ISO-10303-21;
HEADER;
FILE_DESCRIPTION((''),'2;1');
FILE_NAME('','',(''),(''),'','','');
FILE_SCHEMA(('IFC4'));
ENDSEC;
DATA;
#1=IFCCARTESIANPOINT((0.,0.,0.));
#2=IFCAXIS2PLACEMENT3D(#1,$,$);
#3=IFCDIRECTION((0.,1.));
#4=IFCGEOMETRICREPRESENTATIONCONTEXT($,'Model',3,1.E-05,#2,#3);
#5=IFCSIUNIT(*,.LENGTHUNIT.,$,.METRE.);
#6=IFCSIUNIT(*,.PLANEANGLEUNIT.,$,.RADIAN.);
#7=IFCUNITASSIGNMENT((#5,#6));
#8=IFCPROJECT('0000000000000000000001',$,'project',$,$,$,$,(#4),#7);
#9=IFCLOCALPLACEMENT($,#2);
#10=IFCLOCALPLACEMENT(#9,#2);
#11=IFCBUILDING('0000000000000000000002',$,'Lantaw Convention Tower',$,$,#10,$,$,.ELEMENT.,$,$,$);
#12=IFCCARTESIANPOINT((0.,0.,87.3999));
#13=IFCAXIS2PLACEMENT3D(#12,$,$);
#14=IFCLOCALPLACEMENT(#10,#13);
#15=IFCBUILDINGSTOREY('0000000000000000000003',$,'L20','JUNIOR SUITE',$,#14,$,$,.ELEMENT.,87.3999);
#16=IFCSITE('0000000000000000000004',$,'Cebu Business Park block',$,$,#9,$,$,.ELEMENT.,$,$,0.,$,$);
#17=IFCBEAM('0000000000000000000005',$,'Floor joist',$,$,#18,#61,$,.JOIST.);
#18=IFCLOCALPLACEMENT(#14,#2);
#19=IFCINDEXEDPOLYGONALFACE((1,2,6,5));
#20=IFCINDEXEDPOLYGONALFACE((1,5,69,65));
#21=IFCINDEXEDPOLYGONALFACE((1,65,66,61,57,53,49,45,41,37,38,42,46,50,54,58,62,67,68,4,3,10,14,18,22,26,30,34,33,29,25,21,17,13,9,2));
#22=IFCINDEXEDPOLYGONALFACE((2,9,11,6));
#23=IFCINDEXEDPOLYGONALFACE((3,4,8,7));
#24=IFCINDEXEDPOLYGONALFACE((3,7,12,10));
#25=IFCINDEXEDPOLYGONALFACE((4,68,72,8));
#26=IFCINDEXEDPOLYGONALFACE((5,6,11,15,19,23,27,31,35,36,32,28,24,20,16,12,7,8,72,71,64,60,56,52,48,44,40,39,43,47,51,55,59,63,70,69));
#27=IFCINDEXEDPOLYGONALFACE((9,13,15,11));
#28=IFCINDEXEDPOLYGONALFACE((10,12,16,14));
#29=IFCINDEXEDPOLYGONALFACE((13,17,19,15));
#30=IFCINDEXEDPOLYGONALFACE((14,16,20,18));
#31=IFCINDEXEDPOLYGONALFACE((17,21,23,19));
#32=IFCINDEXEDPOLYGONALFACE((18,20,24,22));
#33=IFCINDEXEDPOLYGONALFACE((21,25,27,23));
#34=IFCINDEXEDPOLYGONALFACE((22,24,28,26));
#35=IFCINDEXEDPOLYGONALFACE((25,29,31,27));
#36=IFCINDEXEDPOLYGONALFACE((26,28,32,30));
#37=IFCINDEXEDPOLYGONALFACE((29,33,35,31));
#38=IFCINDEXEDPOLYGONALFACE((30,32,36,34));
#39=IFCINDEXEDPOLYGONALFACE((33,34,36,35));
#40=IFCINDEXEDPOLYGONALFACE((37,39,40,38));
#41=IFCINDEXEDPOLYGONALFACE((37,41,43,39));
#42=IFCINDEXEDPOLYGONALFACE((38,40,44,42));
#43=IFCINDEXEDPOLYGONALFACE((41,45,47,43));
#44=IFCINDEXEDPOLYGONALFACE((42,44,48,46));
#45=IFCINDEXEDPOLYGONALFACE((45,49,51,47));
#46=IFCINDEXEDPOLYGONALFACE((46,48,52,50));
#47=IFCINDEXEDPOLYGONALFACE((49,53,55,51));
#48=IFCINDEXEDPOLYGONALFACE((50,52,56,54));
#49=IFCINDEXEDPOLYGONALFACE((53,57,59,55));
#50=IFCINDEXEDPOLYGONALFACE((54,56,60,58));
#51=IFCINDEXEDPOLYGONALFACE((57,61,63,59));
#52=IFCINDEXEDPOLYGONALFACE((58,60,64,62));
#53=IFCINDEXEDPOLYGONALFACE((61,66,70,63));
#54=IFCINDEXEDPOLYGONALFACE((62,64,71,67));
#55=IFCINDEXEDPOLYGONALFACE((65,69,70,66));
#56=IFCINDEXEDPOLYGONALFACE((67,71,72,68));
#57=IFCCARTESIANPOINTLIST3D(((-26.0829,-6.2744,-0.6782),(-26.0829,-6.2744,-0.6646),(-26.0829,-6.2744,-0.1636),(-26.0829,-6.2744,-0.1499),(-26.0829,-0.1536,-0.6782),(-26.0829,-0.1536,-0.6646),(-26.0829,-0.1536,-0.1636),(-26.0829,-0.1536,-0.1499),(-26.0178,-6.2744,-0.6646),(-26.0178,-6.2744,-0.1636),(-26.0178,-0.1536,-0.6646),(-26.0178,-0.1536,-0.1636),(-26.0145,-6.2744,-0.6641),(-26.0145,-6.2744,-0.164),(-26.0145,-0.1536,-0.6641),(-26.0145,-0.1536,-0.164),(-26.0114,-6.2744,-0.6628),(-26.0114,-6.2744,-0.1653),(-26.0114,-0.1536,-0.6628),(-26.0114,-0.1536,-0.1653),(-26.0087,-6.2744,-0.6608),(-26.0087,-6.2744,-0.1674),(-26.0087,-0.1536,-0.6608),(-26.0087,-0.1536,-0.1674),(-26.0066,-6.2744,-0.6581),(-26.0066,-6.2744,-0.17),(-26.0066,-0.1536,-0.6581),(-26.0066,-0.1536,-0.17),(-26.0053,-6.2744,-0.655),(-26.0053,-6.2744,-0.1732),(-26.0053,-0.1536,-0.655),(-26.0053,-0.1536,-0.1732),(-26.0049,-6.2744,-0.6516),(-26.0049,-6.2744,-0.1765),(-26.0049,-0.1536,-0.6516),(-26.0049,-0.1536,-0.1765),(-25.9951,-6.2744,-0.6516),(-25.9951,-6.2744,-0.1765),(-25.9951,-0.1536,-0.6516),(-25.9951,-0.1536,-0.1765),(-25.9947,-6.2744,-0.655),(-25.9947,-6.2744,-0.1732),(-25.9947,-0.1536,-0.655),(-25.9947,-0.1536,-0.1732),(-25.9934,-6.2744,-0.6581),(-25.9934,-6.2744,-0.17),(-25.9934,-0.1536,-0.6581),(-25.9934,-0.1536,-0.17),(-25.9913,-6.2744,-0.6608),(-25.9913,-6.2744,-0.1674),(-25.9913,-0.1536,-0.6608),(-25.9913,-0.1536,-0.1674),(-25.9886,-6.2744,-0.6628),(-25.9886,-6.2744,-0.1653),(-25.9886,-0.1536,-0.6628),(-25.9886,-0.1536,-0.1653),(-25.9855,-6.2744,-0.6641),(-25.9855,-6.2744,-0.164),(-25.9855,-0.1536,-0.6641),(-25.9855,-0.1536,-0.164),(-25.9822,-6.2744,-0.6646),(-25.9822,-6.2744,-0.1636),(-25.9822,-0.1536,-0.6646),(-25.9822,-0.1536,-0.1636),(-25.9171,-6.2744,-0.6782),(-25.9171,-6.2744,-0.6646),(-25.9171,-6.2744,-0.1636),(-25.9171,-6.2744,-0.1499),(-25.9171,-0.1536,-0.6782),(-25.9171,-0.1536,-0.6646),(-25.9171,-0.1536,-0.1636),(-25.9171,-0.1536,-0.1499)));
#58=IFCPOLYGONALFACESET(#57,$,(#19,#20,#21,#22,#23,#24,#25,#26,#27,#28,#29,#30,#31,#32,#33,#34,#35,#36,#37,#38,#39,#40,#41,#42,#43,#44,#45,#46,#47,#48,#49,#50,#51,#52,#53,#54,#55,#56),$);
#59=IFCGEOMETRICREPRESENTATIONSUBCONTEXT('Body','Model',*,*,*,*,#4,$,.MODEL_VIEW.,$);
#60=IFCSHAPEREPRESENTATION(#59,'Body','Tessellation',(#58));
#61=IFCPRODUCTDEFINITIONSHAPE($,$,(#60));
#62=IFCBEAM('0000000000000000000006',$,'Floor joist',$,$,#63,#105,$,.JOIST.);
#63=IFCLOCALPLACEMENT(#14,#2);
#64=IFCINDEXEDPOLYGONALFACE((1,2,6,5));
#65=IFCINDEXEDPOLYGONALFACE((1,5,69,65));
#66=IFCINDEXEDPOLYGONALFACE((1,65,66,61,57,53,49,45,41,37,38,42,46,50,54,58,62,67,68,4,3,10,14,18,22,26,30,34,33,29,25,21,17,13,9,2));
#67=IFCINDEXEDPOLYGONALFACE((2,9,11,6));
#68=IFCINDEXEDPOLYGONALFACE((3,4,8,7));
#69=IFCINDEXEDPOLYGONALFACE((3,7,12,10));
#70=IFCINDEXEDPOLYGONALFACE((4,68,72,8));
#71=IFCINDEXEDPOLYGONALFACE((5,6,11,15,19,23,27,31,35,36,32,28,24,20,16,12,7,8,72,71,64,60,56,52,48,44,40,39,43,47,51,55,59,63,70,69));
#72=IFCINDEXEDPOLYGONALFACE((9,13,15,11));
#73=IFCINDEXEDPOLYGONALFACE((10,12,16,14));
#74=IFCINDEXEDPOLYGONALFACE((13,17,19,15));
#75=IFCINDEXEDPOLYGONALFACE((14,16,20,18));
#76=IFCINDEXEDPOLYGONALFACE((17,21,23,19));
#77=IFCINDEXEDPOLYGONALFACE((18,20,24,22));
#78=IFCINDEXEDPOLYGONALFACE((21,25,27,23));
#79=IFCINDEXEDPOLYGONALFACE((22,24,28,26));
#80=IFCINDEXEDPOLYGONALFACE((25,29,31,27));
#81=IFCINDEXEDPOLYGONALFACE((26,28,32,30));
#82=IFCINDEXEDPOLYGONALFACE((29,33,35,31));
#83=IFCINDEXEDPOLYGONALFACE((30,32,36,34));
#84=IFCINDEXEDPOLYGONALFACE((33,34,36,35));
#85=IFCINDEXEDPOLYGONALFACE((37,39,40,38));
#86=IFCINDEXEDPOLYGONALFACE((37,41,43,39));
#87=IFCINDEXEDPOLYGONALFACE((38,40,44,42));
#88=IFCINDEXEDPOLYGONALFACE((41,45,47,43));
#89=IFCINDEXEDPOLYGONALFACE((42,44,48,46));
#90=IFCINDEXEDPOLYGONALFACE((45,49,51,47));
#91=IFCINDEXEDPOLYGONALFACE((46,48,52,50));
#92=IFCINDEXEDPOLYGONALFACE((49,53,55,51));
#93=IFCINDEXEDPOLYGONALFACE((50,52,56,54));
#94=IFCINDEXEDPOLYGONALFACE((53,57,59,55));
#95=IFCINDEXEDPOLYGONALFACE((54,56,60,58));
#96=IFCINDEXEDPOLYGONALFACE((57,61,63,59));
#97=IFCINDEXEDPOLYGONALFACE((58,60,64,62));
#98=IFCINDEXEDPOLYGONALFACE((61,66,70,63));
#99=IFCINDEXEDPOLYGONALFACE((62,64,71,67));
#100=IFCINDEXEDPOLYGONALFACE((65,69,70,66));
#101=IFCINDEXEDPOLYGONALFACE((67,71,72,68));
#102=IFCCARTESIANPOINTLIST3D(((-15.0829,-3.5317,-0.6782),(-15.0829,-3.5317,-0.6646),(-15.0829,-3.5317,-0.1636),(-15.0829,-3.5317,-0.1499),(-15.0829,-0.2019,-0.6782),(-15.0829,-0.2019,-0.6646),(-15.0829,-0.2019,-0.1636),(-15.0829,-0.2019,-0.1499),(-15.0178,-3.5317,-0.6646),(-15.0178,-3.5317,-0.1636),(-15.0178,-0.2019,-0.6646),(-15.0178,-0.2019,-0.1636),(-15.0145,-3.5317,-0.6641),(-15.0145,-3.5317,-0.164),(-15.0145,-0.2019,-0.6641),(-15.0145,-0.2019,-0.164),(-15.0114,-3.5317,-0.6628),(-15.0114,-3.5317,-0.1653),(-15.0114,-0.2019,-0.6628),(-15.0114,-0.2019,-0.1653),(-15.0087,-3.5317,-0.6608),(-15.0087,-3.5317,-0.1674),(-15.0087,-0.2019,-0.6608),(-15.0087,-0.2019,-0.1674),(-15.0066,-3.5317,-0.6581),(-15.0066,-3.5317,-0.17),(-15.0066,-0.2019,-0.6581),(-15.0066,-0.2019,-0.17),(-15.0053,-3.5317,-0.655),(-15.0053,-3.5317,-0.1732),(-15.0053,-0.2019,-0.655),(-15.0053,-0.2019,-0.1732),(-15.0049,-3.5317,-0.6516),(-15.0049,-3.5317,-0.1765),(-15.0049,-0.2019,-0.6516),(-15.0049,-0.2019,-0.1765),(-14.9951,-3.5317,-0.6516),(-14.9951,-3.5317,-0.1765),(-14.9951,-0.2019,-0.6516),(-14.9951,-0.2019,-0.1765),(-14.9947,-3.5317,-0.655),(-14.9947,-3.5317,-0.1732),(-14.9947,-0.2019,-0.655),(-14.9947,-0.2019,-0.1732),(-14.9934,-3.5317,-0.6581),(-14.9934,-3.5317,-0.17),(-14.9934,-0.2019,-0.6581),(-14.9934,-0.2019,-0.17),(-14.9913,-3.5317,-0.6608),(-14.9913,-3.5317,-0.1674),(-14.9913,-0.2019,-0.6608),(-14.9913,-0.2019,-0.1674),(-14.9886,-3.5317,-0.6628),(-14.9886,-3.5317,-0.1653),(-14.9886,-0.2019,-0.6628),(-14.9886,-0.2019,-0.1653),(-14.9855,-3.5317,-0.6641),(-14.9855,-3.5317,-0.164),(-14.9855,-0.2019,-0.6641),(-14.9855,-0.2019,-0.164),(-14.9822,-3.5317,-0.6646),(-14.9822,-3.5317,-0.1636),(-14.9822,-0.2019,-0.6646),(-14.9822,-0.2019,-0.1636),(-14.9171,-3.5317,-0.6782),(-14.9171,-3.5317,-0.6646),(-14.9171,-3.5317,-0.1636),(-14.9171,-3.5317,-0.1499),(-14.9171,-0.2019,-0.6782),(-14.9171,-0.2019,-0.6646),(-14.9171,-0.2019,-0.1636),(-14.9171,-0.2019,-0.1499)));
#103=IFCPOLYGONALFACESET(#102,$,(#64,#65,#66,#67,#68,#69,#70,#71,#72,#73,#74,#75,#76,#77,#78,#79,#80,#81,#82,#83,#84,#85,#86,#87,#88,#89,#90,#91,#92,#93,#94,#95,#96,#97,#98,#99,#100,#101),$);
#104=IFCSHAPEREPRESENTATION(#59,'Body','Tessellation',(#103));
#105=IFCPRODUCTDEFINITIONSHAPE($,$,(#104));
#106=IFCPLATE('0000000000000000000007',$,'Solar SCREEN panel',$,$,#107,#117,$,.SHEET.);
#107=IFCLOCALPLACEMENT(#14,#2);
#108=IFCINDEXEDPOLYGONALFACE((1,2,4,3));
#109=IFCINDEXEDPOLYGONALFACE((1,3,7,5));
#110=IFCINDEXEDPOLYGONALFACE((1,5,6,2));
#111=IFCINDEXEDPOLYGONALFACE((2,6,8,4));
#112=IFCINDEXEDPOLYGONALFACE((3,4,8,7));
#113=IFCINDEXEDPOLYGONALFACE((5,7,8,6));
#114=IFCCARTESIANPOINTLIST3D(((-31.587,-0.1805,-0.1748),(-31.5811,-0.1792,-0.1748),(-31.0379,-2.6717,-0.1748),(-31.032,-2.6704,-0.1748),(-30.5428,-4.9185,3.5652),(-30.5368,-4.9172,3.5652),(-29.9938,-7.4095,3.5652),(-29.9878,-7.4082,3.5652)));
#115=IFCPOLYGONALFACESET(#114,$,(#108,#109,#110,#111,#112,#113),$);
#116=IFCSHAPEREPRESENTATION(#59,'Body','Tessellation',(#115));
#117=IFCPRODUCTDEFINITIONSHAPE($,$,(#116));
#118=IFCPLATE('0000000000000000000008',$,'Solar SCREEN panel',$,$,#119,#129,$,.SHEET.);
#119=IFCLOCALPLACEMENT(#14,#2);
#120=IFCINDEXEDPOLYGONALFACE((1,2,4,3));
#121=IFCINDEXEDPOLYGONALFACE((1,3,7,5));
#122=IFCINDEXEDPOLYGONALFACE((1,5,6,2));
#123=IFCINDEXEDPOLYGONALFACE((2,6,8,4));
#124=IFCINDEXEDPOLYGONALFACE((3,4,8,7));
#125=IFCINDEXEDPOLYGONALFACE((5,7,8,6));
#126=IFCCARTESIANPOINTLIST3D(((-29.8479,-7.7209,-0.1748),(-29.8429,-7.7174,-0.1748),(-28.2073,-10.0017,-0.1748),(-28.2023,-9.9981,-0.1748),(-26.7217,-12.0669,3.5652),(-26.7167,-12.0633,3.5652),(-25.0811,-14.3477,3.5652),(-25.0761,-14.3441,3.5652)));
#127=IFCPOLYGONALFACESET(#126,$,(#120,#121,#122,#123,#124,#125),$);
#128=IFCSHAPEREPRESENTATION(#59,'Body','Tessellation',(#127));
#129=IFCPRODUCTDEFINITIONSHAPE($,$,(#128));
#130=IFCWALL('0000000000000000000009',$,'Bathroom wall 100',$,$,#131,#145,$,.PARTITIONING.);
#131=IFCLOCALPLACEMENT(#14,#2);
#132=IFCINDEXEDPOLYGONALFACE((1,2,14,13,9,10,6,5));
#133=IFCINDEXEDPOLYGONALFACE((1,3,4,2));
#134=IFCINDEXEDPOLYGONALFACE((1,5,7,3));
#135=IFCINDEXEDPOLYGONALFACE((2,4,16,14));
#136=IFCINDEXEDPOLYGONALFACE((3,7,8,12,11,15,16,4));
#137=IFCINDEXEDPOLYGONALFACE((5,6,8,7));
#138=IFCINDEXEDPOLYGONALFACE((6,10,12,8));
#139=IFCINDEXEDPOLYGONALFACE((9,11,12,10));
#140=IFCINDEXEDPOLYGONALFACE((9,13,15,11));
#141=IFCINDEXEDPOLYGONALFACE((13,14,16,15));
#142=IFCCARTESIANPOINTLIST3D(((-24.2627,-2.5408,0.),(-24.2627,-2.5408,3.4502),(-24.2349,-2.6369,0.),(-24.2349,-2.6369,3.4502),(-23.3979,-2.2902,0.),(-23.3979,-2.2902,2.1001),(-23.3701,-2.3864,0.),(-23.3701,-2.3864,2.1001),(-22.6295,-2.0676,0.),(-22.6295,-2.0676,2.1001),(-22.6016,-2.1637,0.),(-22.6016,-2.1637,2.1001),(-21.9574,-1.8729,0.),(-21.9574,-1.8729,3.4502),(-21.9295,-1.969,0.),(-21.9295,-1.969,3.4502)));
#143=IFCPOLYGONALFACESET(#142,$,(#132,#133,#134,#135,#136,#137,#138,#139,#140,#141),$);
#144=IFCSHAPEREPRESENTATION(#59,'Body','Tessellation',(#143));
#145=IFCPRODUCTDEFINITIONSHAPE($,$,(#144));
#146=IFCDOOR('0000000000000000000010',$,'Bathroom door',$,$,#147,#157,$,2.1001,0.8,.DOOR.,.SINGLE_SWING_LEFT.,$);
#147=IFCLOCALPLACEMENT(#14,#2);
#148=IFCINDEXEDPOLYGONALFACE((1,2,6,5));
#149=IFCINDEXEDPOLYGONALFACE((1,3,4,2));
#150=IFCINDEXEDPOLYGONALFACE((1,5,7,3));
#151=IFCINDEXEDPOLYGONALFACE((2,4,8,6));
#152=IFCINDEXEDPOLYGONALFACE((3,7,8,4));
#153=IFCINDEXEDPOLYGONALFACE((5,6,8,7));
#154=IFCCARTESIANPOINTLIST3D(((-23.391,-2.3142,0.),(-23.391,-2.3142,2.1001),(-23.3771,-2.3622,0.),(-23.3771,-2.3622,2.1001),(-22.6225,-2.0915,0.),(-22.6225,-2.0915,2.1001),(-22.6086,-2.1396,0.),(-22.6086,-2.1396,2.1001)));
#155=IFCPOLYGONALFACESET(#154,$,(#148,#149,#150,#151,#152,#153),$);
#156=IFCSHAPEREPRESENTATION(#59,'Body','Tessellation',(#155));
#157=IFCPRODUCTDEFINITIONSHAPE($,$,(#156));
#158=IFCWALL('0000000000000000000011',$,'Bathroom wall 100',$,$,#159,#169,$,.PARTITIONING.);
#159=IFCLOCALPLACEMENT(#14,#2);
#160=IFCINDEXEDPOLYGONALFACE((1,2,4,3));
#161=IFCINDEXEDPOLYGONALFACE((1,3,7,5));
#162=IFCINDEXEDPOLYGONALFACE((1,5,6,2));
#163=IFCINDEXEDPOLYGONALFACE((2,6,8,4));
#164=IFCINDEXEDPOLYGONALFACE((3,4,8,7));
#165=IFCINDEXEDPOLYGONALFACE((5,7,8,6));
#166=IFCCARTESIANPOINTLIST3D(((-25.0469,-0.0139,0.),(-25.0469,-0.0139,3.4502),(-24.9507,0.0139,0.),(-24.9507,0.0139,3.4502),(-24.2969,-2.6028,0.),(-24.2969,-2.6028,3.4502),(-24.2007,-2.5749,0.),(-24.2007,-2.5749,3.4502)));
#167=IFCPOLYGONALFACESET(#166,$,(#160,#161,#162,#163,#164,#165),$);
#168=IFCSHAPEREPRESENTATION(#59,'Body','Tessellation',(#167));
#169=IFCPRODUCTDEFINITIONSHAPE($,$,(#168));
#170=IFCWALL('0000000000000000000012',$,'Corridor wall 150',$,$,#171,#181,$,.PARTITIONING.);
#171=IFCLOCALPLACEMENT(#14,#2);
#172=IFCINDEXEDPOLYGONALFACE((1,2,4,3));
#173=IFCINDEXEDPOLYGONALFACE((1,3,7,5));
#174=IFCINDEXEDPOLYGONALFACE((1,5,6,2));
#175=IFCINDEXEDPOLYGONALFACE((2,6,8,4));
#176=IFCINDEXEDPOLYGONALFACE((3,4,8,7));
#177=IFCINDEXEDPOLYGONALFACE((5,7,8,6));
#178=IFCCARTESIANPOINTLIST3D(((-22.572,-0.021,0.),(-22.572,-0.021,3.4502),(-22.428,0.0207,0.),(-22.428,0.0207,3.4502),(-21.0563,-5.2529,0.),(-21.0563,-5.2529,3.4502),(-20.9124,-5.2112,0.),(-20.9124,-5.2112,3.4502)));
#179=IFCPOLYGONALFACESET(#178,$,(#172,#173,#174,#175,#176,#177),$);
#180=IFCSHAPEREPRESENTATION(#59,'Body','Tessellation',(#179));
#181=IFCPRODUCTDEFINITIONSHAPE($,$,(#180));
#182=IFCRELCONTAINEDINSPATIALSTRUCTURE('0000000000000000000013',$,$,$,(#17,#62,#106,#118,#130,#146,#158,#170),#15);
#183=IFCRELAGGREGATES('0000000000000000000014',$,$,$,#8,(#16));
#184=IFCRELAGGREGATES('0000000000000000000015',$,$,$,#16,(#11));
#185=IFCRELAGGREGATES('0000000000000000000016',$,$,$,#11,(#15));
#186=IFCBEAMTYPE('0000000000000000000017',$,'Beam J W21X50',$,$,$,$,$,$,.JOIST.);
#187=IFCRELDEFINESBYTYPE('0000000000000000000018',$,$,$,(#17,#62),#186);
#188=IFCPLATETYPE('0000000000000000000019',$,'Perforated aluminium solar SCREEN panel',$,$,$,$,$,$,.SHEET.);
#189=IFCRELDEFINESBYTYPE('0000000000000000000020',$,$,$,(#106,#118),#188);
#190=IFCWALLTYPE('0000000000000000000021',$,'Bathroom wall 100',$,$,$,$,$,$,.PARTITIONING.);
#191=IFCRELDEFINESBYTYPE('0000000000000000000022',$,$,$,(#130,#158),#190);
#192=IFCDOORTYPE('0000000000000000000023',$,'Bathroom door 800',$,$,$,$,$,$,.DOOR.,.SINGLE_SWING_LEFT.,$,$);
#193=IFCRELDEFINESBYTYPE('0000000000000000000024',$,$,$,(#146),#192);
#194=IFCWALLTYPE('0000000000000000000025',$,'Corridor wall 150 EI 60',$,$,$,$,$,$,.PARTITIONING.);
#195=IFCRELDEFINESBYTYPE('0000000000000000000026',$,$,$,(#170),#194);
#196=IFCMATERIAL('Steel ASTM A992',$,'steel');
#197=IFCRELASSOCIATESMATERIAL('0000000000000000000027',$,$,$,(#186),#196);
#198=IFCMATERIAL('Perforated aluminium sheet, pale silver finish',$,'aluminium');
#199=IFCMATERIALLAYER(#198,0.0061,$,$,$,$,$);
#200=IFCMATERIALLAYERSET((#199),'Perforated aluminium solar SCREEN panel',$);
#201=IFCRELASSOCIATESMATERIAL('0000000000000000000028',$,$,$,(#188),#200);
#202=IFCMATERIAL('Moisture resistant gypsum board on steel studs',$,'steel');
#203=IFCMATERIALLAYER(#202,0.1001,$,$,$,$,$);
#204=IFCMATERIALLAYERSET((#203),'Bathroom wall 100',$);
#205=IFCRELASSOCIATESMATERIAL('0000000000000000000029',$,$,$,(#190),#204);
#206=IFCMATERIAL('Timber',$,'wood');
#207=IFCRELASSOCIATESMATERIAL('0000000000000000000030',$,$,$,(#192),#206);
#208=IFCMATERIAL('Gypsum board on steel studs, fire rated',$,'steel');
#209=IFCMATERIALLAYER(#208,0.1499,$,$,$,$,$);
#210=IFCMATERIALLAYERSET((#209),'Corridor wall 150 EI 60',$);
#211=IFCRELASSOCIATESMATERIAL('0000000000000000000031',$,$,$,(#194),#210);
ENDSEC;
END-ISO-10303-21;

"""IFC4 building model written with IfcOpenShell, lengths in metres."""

from ifc_helpers import new_model, si_unit, direction, frame, frame_2d, origin, origin_2d, place, context, subcontext, project, spatial, polyline, rectangle, i_section, outline, extrude, material, layer, layer_set, material_profile, profile_set, type_object, element, fill, save


model = new_model("IFC4")

# Units and contexts
model_context = context("Model", 3, precision=1e-05, world=origin(), true_north=direction((0.0, 1.0)))
body_context = subcontext(model_context, "Body", "Model", "MODEL_VIEW")
ifc_project = project(units=[si_unit("LENGTHUNIT", "METRE"), si_unit("PLANEANGLEUNIT", "RADIAN")], contexts=[model_context])

# Site, building, storey
site_placement = place(None, origin())
site = spatial("IfcSite", under=ifc_project, at=site_placement, Name="Cebu Business Park block", CompositionType="ELEMENT", RefElevation=0.0)
building_placement = place(site_placement, origin())
building = spatial("IfcBuilding", under=site, at=building_placement, Name="Lantaw Convention Tower", CompositionType="ELEMENT")
storey_placement = place(building_placement, frame((0.0, 0.0, 87.3999)))
storey = spatial("IfcBuildingStorey", under=building, at=storey_placement, Name="L20", Description="JUNIOR SUITE", CompositionType="ELEMENT", Elevation=87.3999)

# Beams
ifc_material_1 = material(Name="Steel ASTM A992", Category="steel")
ifc_material_profile_1 = material_profile(ifc_material_1, i_section(OverallWidth=0.1658, OverallDepth=0.5283, WebThickness=0.0098, FlangeThickness=0.0137, FilletRadius=0.0129, at=origin_2d()), Name="W21X50")
ifc_profile_set_1 = profile_set([ifc_material_profile_1], Name="Steel ASTM A992")
beam_type_1 = type_object("IfcBeamType", Name="Beam J W21X50", PredefinedType="JOIST", material=ifc_profile_set_1)
beam_1_placement = place(storey_placement, frame((-26.0, -6.2744, -0.4141), z_axis=(0.0, 1.0, 0.0), x_axis=(-1.0, 0.0, 0.0)))
element("IfcBeam", 1, at=beam_1_placement, inside=storey, type_object=beam_type_1, Name="Floor joist", PredefinedType="JOIST", context=body_context, shape_type="SweptSolid", body=[
    extrude(i_section(OverallWidth=0.1658, OverallDepth=0.5283, WebThickness=0.0098, FlangeThickness=0.0137, FilletRadius=0.0129, at=origin_2d()), origin(), (0.0, 0.0, 1.0), 6.1208),
])
beam_2_placement = place(storey_placement, frame((-15.0, -3.5317, -0.4141), z_axis=(0.0, 1.0, 0.0), x_axis=(-1.0, 0.0, 0.0)))
element("IfcBeam", 2, at=beam_2_placement, inside=storey, type_object=beam_type_1, Name="Floor joist", PredefinedType="JOIST", context=body_context, shape_type="SweptSolid", body=[
    extrude(i_section(OverallWidth=0.1658, OverallDepth=0.5283, WebThickness=0.0098, FlangeThickness=0.0137, FilletRadius=0.0129, at=origin_2d()), origin(), (0.0, 0.0, 1.0), 3.3298),
])

# Plates
ifc_material_2 = material(Name="Perforated aluminium sheet, pale silver finish", Category="aluminium")
ifc_layer_1 = layer(ifc_material_2, 0.0061)
ifc_layer_set_1 = layer_set([ifc_layer_1], Name="Perforated aluminium solar SCREEN panel")
plate_type = type_object("IfcPlateType", Name="Perforated aluminium solar SCREEN panel", PredefinedType="SHEET", material=ifc_layer_set_1)
plate_1_placement = place(storey_placement, frame((-31.5811, -0.1792, -0.1748), z_axis=(0.976559, 0.215248, 0.00003), x_axis=(0.215248, -0.976559, 0.0)))
element("IfcPlate", 3, at=plate_1_placement, inside=storey, type_object=plate_type, Name="Solar SCREEN panel", PredefinedType="SHEET", context=body_context, shape_type="SweptSolid", body=[
    extrude(outline(polyline([(0.0, 0.0), (2.551, 0.0), (7.4025, -3.74), (4.8517, -3.74), (0.0, 0.0)])), origin(), (0.0, 0.0, -1.0), 0.0061),
])
plate_2_placement = place(storey_placement, frame((-29.8479, -7.7209, -0.1748), z_axis=(-0.811791, -0.583948, 0.000009), x_axis=(0.583948, -0.811791, 0.0)))
element("IfcPlate", 4, at=plate_2_placement, inside=storey, type_object=plate_type, Name="Solar SCREEN panel", PredefinedType="SHEET", context=body_context, shape_type="SweptSolid", body=[
    extrude(outline(polyline([(0.0, 0.0), (2.8095, 0.0), (8.1631, 3.74), (5.3536, 3.74), (0.0, 0.0)])), origin(), (0.0, 0.0, -1.0), 0.0061),
])

# Wall, opening, door
ifc_material_3 = material(Name="Moisture resistant gypsum board on steel studs", Category="steel")
ifc_layer_2 = layer(ifc_material_3, 0.1001)
ifc_layer_set_2 = layer_set([ifc_layer_2], Name="Bathroom wall 100")
wall_type_1 = type_object("IfcWallType", Name="Bathroom wall 100", PredefinedType="PARTITIONING", material=ifc_layer_set_2)
wall_1_placement = place(storey_placement, frame((-21.9434, -1.9209, 0.0), z_axis=(0.0, 0.0, 1.0), x_axis=(-0.960496, -0.278293, 0.0)))
wall_1 = element("IfcWall", 5, at=wall_1_placement, inside=storey, type_object=wall_type_1, Name="Bathroom wall 100", PredefinedType="PARTITIONING", context=body_context, shape_type="SweptSolid", body=[
    extrude(rectangle(XDim=2.4001, YDim=0.1001, at=frame_2d((1.2002, 0.0))), origin(), (0.0, 0.0, 1.0), 3.4502),
])
opening_1_placement = place(wall_1_placement, frame((0.7, 0.0, 0.0)))
opening_1 = element("IfcOpeningElement", 6, at=opening_1_placement, cuts=wall_1, PredefinedType="OPENING", context=body_context, shape_type="SweptSolid", body=[
    extrude(rectangle(XDim=0.8, YDim=2.1001, at=frame_2d((0.3999, 1.05))), frame((0.0, 0.0601, 0.0), z_axis=(0.0, -1.0, 0.0), x_axis=(1.0, 0.0, 0.0)), (0.0, 0.0, 1.0), 0.1201),
])
ifc_material_4 = material(Name="Timber", Category="wood")
door_type_1 = type_object("IfcDoorType", Name="Bathroom door 800", OperationType="SINGLE_SWING_LEFT", PredefinedType="DOOR", material=ifc_material_4)
door_1_placement = place(opening_1_placement, origin())
door_1 = element("IfcDoor", 7, at=door_1_placement, inside=storey, type_object=door_type_1, Name="Bathroom door", OperationType="SINGLE_SWING_LEFT", OverallHeight=2.1001, OverallWidth=0.8, PredefinedType="DOOR", context=body_context, shape_type="SweptSolid", body=[
    extrude(rectangle(XDim=0.8, YDim=2.1001, at=frame_2d((0.3999, 1.05))), frame((0.0, 0.0249, 0.0), z_axis=(0.0, -1.0, 0.0), x_axis=(1.0, 0.0, 0.0)), (0.0, 0.0, 1.0), 0.05),
])
fill(opening_1, door_1)

# Walls
wall_2_placement = place(storey_placement, frame((-24.2488, -2.5889, 0.0), z_axis=(0.0, 0.0, 1.0), x_axis=(-0.27826, 0.960506, 0.0)))
element("IfcWall", 8, at=wall_2_placement, inside=storey, type_object=wall_type_1, Name="Bathroom wall 100", PredefinedType="PARTITIONING", context=body_context, shape_type="SweptSolid", body=[
    extrude(rectangle(XDim=2.6953, YDim=0.1001, at=frame_2d((1.3477, 0.0))), origin(), (0.0, 0.0, 1.0), 3.4502),
])
ifc_material_5 = material(Name="Gypsum board on steel studs, fire rated", Category="steel")
ifc_layer_3 = layer(ifc_material_5, 0.1499)
ifc_layer_set_3 = layer_set([ifc_layer_3], Name="Corridor wall 150 EI 60")
wall_type_2 = type_object("IfcWallType", Name="Corridor wall 150 EI 60", PredefinedType="PARTITIONING", material=ifc_layer_set_3)
wall_3_placement = place(storey_placement, frame((-22.5, 0.0, 0.0), z_axis=(0.0, 0.0, 1.0), x_axis=(0.278247, -0.960509, 0.0)))
element("IfcWall", 9, at=wall_3_placement, inside=storey, type_object=wall_type_2, Name="Corridor wall 150", PredefinedType="PARTITIONING", context=body_context, shape_type="SweptSolid", body=[
    extrude(rectangle(XDim=5.447, YDim=0.1499, at=frame_2d((2.7236, 0.0))), origin(), (0.0, 0.0, 1.0), 3.4502),
])

save(model, "model.ifc")
